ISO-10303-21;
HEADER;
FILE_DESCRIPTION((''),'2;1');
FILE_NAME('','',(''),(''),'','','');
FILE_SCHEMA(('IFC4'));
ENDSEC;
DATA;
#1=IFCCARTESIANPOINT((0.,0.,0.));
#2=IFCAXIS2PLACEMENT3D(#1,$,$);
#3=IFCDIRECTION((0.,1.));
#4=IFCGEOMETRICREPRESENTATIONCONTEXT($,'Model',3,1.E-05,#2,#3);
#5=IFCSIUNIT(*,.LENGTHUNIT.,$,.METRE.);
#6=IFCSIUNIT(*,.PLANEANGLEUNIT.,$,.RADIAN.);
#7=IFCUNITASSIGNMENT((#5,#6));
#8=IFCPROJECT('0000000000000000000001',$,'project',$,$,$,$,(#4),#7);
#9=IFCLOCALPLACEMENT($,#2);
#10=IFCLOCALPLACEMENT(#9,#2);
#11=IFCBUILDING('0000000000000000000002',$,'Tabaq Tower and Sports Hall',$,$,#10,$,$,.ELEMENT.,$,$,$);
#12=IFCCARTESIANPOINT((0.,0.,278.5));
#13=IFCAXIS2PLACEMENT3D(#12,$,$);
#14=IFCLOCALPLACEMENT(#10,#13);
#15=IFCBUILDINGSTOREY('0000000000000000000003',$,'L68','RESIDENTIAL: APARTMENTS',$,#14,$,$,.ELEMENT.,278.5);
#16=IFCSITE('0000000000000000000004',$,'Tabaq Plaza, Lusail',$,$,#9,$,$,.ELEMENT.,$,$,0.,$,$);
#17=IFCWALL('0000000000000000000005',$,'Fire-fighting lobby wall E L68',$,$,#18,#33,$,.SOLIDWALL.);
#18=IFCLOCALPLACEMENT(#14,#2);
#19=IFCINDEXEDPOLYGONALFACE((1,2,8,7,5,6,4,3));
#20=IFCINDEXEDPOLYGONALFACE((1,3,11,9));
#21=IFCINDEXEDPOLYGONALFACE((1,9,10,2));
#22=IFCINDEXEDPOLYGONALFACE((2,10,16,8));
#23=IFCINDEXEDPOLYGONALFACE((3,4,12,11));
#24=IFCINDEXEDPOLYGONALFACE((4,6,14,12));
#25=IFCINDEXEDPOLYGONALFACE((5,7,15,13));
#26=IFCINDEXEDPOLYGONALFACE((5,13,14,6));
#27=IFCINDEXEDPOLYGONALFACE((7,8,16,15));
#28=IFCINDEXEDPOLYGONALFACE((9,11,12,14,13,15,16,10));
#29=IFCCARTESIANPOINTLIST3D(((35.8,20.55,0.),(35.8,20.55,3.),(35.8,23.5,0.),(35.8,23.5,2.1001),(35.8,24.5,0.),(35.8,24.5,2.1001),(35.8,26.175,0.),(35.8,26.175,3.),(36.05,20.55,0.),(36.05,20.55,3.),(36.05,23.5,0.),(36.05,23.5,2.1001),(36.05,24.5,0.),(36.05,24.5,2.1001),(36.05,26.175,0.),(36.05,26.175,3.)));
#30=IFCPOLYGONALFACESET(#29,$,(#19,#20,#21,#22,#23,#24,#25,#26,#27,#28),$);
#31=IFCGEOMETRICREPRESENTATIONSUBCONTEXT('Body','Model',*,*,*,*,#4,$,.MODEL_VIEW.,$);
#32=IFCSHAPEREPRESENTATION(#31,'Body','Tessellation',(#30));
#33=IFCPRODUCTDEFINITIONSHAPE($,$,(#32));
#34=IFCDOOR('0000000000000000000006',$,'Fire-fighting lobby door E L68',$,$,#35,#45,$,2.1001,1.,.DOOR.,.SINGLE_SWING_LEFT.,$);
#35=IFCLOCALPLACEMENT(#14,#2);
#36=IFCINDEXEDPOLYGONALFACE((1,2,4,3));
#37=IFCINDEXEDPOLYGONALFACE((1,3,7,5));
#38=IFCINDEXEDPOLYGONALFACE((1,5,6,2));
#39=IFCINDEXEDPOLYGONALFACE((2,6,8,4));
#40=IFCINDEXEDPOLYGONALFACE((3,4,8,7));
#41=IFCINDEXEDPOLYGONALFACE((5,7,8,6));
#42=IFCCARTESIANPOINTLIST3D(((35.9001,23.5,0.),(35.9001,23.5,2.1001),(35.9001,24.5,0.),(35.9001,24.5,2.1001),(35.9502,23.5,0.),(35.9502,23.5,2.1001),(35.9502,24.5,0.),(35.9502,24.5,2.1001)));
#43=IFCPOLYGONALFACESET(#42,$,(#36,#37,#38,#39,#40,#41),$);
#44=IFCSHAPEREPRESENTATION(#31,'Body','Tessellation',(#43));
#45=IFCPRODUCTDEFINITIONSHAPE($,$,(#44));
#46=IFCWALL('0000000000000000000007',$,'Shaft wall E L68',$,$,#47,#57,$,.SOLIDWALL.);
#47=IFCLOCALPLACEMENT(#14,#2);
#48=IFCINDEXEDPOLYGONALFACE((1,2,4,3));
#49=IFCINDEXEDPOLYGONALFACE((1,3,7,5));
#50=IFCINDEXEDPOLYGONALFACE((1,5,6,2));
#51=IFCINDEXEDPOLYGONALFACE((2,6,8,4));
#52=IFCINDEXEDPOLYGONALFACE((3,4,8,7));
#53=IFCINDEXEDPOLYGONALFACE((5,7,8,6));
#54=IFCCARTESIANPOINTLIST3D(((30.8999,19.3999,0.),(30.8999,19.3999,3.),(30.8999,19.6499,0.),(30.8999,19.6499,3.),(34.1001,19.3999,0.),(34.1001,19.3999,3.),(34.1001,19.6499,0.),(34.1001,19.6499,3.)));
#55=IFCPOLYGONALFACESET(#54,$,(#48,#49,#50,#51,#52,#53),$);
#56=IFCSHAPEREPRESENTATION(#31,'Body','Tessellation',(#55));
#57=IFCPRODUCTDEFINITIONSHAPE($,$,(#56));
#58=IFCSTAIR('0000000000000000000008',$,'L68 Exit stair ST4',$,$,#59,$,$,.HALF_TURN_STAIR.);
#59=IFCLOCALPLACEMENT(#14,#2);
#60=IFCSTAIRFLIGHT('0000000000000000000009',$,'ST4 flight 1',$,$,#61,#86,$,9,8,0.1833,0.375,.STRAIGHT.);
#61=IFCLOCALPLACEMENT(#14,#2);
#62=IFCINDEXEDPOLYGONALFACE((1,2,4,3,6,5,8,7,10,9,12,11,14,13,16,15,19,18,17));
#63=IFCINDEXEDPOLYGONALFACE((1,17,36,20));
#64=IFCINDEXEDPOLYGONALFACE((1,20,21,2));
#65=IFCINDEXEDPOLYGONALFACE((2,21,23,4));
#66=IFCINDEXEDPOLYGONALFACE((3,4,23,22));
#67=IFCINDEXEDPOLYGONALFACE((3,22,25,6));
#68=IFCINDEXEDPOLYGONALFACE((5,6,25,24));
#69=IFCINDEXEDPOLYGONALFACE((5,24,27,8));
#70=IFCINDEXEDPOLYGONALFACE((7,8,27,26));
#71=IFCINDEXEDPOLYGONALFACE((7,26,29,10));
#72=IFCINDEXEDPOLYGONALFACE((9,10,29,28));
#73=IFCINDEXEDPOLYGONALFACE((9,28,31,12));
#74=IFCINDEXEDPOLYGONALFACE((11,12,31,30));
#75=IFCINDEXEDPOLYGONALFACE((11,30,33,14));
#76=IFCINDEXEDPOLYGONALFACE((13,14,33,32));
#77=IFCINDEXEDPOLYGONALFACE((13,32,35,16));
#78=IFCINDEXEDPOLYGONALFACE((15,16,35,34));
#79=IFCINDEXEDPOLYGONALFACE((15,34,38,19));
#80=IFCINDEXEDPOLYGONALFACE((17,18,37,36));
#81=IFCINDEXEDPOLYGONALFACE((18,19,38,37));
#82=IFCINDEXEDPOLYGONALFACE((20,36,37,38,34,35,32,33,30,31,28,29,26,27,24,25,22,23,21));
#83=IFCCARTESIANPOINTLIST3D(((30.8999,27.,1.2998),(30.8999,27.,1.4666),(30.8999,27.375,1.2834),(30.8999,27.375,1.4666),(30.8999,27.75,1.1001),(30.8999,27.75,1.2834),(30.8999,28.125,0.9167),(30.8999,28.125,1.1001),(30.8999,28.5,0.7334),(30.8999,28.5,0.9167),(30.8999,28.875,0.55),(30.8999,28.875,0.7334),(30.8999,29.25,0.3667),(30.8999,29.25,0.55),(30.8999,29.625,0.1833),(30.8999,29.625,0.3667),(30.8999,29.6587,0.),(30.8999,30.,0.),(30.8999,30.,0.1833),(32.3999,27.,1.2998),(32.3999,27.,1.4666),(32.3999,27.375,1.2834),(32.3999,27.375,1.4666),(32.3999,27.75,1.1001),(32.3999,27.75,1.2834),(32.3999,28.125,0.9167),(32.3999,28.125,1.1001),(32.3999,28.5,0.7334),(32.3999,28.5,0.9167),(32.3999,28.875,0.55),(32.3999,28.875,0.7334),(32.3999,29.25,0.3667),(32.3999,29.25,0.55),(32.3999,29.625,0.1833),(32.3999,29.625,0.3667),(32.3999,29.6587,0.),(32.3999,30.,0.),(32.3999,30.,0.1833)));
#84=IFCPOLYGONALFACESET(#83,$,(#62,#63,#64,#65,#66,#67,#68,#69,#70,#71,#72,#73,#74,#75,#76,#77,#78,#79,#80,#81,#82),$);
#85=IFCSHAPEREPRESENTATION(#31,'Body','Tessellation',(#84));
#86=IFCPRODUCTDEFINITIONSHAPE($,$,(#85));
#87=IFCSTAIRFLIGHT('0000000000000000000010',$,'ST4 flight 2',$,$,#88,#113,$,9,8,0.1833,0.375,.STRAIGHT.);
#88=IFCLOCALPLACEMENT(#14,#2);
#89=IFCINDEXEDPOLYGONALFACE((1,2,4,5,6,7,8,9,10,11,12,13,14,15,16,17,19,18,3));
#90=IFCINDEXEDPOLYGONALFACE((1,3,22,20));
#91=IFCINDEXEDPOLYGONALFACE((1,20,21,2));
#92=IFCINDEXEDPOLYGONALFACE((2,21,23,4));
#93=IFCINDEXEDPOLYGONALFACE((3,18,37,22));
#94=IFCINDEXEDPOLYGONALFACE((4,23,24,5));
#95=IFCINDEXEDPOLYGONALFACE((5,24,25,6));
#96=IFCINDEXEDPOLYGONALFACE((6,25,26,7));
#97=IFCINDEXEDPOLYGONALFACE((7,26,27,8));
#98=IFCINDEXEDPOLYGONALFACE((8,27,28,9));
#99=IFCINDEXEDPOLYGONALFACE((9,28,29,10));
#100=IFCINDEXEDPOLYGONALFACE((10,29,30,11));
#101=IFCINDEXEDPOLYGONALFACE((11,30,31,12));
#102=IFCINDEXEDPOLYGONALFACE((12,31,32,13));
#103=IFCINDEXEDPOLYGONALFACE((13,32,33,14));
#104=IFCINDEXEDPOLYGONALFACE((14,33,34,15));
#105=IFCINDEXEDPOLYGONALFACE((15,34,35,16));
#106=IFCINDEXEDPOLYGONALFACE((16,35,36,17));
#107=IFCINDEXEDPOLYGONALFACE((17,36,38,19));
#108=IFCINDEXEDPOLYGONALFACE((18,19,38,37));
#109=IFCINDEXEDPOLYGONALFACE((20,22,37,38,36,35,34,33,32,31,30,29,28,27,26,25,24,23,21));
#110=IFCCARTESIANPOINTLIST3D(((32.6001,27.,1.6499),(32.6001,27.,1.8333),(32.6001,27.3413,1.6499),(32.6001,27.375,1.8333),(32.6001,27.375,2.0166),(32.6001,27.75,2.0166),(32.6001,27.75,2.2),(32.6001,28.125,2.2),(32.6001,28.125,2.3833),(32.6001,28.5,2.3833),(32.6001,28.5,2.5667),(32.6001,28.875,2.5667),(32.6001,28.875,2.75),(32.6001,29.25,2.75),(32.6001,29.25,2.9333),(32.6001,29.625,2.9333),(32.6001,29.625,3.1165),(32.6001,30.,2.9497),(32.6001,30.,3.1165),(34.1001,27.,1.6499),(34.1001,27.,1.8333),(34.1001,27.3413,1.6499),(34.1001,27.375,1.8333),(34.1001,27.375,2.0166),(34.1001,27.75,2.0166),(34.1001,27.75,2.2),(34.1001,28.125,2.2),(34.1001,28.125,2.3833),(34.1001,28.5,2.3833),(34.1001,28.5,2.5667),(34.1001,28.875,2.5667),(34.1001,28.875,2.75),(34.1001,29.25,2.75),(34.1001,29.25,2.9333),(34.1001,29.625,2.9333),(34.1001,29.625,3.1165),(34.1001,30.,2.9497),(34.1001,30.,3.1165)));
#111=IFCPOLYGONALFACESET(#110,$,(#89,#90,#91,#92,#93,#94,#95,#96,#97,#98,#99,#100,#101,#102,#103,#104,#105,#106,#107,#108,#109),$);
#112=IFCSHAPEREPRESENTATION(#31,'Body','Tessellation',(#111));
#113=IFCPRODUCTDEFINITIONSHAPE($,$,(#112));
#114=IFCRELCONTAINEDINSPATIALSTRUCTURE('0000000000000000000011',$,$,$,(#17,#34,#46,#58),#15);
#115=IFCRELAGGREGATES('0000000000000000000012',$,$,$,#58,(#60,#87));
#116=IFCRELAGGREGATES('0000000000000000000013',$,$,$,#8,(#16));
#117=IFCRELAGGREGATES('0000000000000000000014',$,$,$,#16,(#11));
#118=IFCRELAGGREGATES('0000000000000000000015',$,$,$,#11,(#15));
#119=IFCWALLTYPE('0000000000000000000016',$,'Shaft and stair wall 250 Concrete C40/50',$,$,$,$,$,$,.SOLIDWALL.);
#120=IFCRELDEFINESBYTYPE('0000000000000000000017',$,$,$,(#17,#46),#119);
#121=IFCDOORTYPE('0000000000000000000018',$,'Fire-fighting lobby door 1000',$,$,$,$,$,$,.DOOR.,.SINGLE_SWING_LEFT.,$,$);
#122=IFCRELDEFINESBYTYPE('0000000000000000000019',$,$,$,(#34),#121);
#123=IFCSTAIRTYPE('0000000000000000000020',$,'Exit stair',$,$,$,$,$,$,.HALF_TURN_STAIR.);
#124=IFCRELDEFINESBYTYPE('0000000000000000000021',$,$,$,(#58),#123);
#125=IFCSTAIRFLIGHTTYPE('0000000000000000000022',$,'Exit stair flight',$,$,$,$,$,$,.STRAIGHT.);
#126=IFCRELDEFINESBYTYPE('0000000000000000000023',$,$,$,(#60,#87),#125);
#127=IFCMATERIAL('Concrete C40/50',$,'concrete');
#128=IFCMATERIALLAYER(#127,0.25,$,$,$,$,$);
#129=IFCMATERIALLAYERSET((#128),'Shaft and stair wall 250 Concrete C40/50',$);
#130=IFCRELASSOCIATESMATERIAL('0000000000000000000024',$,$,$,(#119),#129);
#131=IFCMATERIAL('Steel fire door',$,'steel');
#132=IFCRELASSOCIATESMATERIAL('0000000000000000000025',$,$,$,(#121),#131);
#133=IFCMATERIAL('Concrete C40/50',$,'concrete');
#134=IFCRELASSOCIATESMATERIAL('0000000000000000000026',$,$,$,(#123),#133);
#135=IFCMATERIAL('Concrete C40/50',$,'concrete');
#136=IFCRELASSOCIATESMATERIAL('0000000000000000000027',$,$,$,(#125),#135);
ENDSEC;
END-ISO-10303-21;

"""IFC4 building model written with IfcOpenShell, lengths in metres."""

from ifc_helpers import new_model, si_unit, direction, frame, frame_2d, origin, place, context, subcontext, project, spatial, polyline, rectangle, outline, extrude, material, layer, layer_set, type_object, element, fill, aggregate, save


model = new_model("IFC4")

# Units and contexts
model_context = context("Model", 3, precision=1e-05, world=origin(), true_north=direction((0.0, 1.0)))
body_context = subcontext(model_context, "Body", "Model", "MODEL_VIEW")
ifc_project = project(units=[si_unit("LENGTHUNIT", "METRE"), si_unit("PLANEANGLEUNIT", "RADIAN")], contexts=[model_context])

# Site, building, storey
site_placement = place(None, origin())
site = spatial("IfcSite", under=ifc_project, at=site_placement, Name="Tabaq Plaza, Lusail", CompositionType="ELEMENT", RefElevation=0.0)
building_placement = place(site_placement, origin())
building = spatial("IfcBuilding", under=site, at=building_placement, Name="Tabaq Tower and Sports Hall", CompositionType="ELEMENT")
storey_placement = place(building_placement, frame((0.0, 0.0, 278.5)))
storey = spatial("IfcBuildingStorey", under=building, at=storey_placement, Name="L68", Description="RESIDENTIAL: APARTMENTS", CompositionType="ELEMENT", Elevation=278.5)

# Shared definitions
ifc_material_1 = material(Name="Concrete C40/50", Category="concrete")
ifc_layer_1 = layer(ifc_material_1, 0.25)
ifc_layer_set_1 = layer_set([ifc_layer_1], Name="Shaft and stair wall 250 Concrete C40/50")
wall_type_1 = type_object("IfcWallType", Name="Shaft and stair wall 250 Concrete C40/50", PredefinedType="SOLIDWALL", material=ifc_layer_set_1)

# Shared definitions
ifc_material_2 = material(Name="Steel fire door", Category="steel")
door_type_1 = type_object("IfcDoorType", Name="Fire-fighting lobby door 1000", OperationType="SINGLE_SWING_LEFT", PredefinedType="DOOR", material=ifc_material_2)

# Wall, opening, door
wall_1_placement = place(storey_placement, frame((35.925, 20.55, 0.0), z_axis=(0.0, 0.0, 1.0), x_axis=(0.0, 1.0, 0.0)))
wall_1 = element("IfcWall", 1, at=wall_1_placement, inside=storey, type_object=wall_type_1, Name="Fire-fighting lobby wall E L68", PredefinedType="SOLIDWALL", context=body_context, shape_type="SweptSolid", body=[
    extrude(rectangle(XDim=5.625, YDim=0.25, at=frame_2d((2.8125, 0.0))), origin(), (0.0, 0.0, 1.0), 3.0),
])
opening_1_placement = place(wall_1_placement, frame((2.95, 0.0, 0.0)))
opening_1 = element("IfcOpeningElement", 2, at=opening_1_placement, cuts=wall_1, PredefinedType="OPENING", context=body_context, shape_type="SweptSolid", body=[
    extrude(rectangle(XDim=1.0, YDim=2.1001, at=frame_2d((0.5, 1.05))), frame((0.0, 0.125, 0.0), z_axis=(0.0, -1.0, 0.0), x_axis=(1.0, 0.0, 0.0)), (0.0, 0.0, 1.0), 0.25),
])
door_1_placement = place(opening_1_placement, origin())
door_1 = element("IfcDoor", 3, at=door_1_placement, inside=storey, type_object=door_type_1, Name="Fire-fighting lobby door E L68", OperationType="SINGLE_SWING_LEFT", OverallHeight=2.1001, OverallWidth=1.0, PredefinedType="DOOR", context=body_context, shape_type="SweptSolid", body=[
    extrude(rectangle(XDim=1.0, YDim=2.1001, at=frame_2d((0.5, 1.05))), frame((0.0, 0.0249, 0.0), z_axis=(0.0, -1.0, 0.0), x_axis=(1.0, 0.0, 0.0)), (0.0, 0.0, 1.0), 0.05),
])
fill(opening_1, door_1)

# Wall
wall_2_placement = place(storey_placement, frame((30.8999, 19.5249, 0.0), z_axis=(0.0, 0.0, 1.0), x_axis=(1.0, 0.0, 0.0)))
element("IfcWall", 4, at=wall_2_placement, inside=storey, type_object=wall_type_1, Name="Shaft wall E L68", PredefinedType="SOLIDWALL", context=body_context, shape_type="SweptSolid", body=[
    extrude(rectangle(XDim=3.2002, YDim=0.25, at=frame_2d((1.6001, 0.0))), origin(), (0.0, 0.0, 1.0), 3.0),
])

# Stair, stair flights
ifc_material_3 = material(Name="Concrete C40/50", Category="concrete")
stair_type = type_object("IfcStairType", Name="Exit stair", PredefinedType="HALF_TURN_STAIR", material=ifc_material_3)
stair_placement = place(storey_placement, origin())
stair = element("IfcStair", 5, at=stair_placement, inside=storey, type_object=stair_type, Name="L68 Exit stair ST4", PredefinedType="HALF_TURN_STAIR")
ifc_material_4 = material(Name="Concrete C40/50", Category="concrete")
stair_flight_type = type_object("IfcStairFlightType", Name="Exit stair flight", PredefinedType="STRAIGHT", material=ifc_material_4)
stair_flight_1_placement = place(storey_placement, frame((31.6499, 30.0, 0.0), z_axis=(0.0, 0.0, 1.0), x_axis=(0.0, -1.0, 0.0)))
stair_flight_1 = element("IfcStairFlight", 6, at=stair_flight_1_placement, type_object=stair_flight_type, Name="ST4 flight 1", NumberOfRisers=9, NumberOfTreads=8, PredefinedType="STRAIGHT", RiserHeight=0.1833, TreadLength=0.375, context=body_context, shape_type="SweptSolid", body=[
    extrude(outline(polyline([(0.0, 0.0), (0.0, 0.1833), (0.375, 0.1833), (0.375, 0.3667), (0.75, 0.3667), (0.75, 0.55), (1.125, 0.55), (1.125, 0.7334), (1.5, 0.7334), (1.5, 0.9167), (1.875, 0.9167), (1.875, 1.1001), (2.25, 1.1001), (2.25, 1.2834), (2.625, 1.2834), (2.625, 1.4666), (3.0, 1.4666), (3.0, 1.6499), (3.0, 1.2998), (0.3413, 0.0), (0.0, 0.0)])), frame((0.0, 0.75, 0.0), z_axis=(0.0, -1.0, 0.0), x_axis=(1.0, 0.0, 0.0)), (0.0, 0.0, 1.0), 1.5),
])
stair_flight_2_placement = place(storey_placement, frame((33.3501, 27.0, 1.6499), z_axis=(0.0, 0.0, 1.0), x_axis=(0.0, 1.0, 0.0)))
stair_flight_2 = element("IfcStairFlight", 7, at=stair_flight_2_placement, type_object=stair_flight_type, Name="ST4 flight 2", NumberOfRisers=9, NumberOfTreads=8, PredefinedType="STRAIGHT", RiserHeight=0.1833, TreadLength=0.375, context=body_context, shape_type="SweptSolid", body=[
    extrude(outline(polyline([(0.0, 0.0), (0.0, 0.1833), (0.375, 0.1833), (0.375, 0.3667), (0.75, 0.3667), (0.75, 0.55), (1.125, 0.55), (1.125, 0.7334), (1.5, 0.7334), (1.5, 0.9167), (1.875, 0.9167), (1.875, 1.1001), (2.25, 1.1001), (2.25, 1.2834), (2.625, 1.2834), (2.625, 1.4666), (3.0, 1.4666), (3.0, 1.6499), (3.0, 1.2998), (0.3413, 0.0), (0.0, 0.0)])), frame((0.0, 0.75, 0.0), z_axis=(0.0, -1.0, 0.0), x_axis=(1.0, 0.0, 0.0)), (0.0, 0.0, 1.0), 1.5),
])
aggregate(stair, [stair_flight_1, stair_flight_2])

save(model, "model.ifc")
